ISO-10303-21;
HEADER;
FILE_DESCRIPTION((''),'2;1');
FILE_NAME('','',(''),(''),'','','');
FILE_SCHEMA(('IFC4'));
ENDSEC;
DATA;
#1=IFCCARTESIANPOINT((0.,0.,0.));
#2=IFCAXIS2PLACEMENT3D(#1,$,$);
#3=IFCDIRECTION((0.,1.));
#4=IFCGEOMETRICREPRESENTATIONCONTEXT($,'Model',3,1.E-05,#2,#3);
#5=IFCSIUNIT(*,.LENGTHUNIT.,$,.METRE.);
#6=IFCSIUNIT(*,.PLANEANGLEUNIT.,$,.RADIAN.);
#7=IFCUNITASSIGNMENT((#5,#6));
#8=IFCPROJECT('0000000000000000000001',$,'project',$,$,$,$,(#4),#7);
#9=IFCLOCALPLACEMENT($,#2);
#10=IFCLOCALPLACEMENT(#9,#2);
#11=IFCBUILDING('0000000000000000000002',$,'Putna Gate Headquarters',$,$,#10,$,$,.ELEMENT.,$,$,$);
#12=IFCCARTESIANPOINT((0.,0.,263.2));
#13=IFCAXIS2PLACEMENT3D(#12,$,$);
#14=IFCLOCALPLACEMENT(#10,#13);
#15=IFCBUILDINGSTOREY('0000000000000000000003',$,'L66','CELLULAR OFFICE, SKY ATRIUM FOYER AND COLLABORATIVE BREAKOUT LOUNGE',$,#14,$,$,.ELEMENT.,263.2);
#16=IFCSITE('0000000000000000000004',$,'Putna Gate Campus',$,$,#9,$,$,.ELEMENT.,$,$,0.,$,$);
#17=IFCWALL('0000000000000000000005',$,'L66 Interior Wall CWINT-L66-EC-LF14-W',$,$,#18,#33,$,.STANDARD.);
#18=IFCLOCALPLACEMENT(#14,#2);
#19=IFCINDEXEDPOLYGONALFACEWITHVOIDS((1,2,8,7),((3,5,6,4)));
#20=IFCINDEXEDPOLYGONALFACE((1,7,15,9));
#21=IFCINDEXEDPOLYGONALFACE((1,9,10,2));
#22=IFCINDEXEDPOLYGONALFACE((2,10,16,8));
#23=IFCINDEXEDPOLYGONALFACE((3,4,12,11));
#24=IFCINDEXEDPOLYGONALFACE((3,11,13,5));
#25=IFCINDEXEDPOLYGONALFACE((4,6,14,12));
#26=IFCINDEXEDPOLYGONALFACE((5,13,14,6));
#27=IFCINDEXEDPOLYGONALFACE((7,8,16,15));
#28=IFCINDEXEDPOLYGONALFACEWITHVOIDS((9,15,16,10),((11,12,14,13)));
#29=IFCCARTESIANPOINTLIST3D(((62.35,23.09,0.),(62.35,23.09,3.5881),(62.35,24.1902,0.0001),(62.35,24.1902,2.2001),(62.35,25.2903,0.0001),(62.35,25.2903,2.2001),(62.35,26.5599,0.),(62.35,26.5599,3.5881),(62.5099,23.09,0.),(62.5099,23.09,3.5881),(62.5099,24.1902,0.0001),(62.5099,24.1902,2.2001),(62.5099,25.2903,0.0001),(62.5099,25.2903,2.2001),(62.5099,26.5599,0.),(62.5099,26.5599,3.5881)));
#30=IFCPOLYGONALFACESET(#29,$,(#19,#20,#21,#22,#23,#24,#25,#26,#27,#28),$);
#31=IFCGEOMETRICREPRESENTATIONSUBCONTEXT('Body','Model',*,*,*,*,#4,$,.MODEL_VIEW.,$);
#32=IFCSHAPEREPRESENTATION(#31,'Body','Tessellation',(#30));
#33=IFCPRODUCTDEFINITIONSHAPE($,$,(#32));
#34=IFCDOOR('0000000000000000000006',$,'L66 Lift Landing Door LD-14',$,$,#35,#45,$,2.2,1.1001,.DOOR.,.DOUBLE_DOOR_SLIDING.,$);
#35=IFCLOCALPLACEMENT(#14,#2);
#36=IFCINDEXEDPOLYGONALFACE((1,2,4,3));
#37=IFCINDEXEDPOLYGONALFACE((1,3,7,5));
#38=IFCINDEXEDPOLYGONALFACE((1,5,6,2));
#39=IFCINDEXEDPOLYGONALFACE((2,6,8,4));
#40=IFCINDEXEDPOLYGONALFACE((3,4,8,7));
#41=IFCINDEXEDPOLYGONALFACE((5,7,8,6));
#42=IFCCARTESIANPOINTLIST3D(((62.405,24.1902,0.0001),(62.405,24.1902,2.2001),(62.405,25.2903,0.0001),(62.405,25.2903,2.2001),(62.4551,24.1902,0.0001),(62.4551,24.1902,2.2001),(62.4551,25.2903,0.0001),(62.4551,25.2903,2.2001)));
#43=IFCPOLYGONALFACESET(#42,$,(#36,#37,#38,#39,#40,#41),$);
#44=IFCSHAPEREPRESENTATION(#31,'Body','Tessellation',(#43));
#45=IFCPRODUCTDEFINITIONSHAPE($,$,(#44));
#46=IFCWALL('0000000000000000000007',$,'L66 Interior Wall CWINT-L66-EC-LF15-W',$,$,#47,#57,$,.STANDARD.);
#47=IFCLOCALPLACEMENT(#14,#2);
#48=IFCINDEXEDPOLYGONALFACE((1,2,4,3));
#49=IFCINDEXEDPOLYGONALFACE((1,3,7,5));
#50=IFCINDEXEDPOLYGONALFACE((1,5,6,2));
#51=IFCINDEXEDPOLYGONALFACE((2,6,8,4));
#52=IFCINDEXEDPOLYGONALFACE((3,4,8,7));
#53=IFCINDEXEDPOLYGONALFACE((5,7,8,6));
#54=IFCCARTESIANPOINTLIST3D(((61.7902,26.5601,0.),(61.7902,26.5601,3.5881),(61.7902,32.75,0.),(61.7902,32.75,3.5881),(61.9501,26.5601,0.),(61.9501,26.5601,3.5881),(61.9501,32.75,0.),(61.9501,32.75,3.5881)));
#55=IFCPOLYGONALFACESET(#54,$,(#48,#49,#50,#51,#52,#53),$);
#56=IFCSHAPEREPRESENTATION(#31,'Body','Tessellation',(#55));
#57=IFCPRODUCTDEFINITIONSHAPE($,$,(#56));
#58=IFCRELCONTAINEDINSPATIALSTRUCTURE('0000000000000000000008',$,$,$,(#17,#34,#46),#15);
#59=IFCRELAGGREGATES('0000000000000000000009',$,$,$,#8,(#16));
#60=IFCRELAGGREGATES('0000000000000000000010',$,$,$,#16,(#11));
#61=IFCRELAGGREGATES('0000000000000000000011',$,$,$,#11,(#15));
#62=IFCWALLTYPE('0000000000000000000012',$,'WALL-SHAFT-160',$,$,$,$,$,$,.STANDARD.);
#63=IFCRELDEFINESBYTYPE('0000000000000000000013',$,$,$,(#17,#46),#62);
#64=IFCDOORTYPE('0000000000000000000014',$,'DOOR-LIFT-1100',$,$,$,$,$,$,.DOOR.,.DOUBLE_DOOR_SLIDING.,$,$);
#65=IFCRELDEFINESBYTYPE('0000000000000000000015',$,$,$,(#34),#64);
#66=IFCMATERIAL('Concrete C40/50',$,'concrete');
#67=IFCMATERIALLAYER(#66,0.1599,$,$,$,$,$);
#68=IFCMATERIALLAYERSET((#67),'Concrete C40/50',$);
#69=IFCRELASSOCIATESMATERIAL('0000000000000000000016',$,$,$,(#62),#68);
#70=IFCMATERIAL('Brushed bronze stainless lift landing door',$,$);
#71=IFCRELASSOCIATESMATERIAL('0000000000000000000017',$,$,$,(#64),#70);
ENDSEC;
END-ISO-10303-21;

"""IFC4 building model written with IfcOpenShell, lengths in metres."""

from ifc_helpers import new_model, si_unit, direction, frame, frame_2d, origin, place, context, subcontext, project, spatial, rectangle, extrude, material, layer, layer_set, type_object, element, fill, save


model = new_model("IFC4")

# Units and contexts
model_context = context("Model", 3, precision=1e-05, world=origin(), true_north=direction((0.0, 1.0)))
body_context = subcontext(model_context, "Body", "Model", "MODEL_VIEW")
ifc_project = project(units=[si_unit("LENGTHUNIT", "METRE"), si_unit("PLANEANGLEUNIT", "RADIAN")], contexts=[model_context])

# Site, building, storey
site_placement = place(None, origin())
site = spatial("IfcSite", under=ifc_project, at=site_placement, Name="Putna Gate Campus", CompositionType="ELEMENT", RefElevation=0.0)
building_placement = place(site_placement, origin())
building = spatial("IfcBuilding", under=site, at=building_placement, Name="Putna Gate Headquarters", CompositionType="ELEMENT")
storey_placement = place(building_placement, frame((0.0, 0.0, 263.2)))
storey = spatial("IfcBuildingStorey", under=building, at=storey_placement, Name="L66", Description="CELLULAR OFFICE, SKY ATRIUM FOYER AND COLLABORATIVE BREAKOUT LOUNGE", CompositionType="ELEMENT", Elevation=263.2)

# Wall, opening, door
ifc_material_1 = material(Name="Concrete C40/50", Category="concrete")
ifc_layer_1 = layer(ifc_material_1, 0.1599)
ifc_layer_set_1 = layer_set([ifc_layer_1], Name="Concrete C40/50")
wall_type_1 = type_object("IfcWallType", Name="WALL-SHAFT-160", PredefinedType="STANDARD", material=ifc_layer_set_1)
wall_1_placement = place(storey_placement, frame((62.4299, 23.0901, 0.0), z_axis=(0.0, 0.0, 1.0), x_axis=(0.0, 1.0, 0.0)))
wall_1 = element("IfcWall", 1, at=wall_1_placement, inside=storey, type_object=wall_type_1, Name="L66 Interior Wall CWINT-L66-EC-LF14-W", PredefinedType="STANDARD", context=body_context, shape_type="SweptSolid", body=[
    extrude(rectangle(XDim=3.47, YDim=0.1599, at=frame_2d((1.7349, 0.0))), origin(), (0.0, 0.0, 1.0), 3.5881),
])
opening_1_placement = place(wall_1_placement, frame((1.1001, 0.0, 0.0)))
opening_1 = element("IfcOpeningElement", 2, at=opening_1_placement, cuts=wall_1, PredefinedType="OPENING", context=body_context, shape_type="SweptSolid", body=[
    extrude(rectangle(XDim=1.1001, YDim=2.2, at=frame_2d((0.55, 1.1001))), frame((0.0, 0.0898, 0.0), z_axis=(0.0, -1.0, 0.0), x_axis=(1.0, 0.0, 0.0)), (0.0, 0.0, 1.0), 0.1799),
])
ifc_material_2 = material(Name="Brushed bronze stainless lift landing door")
door_type_1 = type_object("IfcDoorType", Name="DOOR-LIFT-1100", OperationType="DOUBLE_DOOR_SLIDING", PredefinedType="DOOR", material=ifc_material_2)
door_1_placement = place(opening_1_placement, origin())
door_1 = element("IfcDoor", 3, at=door_1_placement, inside=storey, type_object=door_type_1, Name="L66 Lift Landing Door LD-14", OperationType="DOUBLE_DOOR_SLIDING", OverallHeight=2.2, OverallWidth=1.1001, PredefinedType="DOOR", context=body_context, shape_type="SweptSolid", body=[
    extrude(rectangle(XDim=1.1001, YDim=2.2, at=frame_2d((0.55, 1.1001))), frame((0.0, 0.0249, 0.0), z_axis=(0.0, -1.0, 0.0), x_axis=(1.0, 0.0, 0.0)), (0.0, 0.0, 1.0), 0.05),
])
fill(opening_1, door_1)

# Wall
wall_2_placement = place(storey_placement, frame((61.8701, 26.5601, 0.0), z_axis=(0.0, 0.0, 1.0), x_axis=(0.0, 1.0, 0.0)))
element("IfcWall", 4, at=wall_2_placement, inside=storey, type_object=wall_type_1, Name="L66 Interior Wall CWINT-L66-EC-LF15-W", PredefinedType="STANDARD", context=body_context, shape_type="SweptSolid", body=[
    extrude(rectangle(XDim=6.1899, YDim=0.1599, at=frame_2d((3.095, 0.0))), origin(), (0.0, 0.0, 1.0), 3.5881),
])

save(model, "model.ifc")
